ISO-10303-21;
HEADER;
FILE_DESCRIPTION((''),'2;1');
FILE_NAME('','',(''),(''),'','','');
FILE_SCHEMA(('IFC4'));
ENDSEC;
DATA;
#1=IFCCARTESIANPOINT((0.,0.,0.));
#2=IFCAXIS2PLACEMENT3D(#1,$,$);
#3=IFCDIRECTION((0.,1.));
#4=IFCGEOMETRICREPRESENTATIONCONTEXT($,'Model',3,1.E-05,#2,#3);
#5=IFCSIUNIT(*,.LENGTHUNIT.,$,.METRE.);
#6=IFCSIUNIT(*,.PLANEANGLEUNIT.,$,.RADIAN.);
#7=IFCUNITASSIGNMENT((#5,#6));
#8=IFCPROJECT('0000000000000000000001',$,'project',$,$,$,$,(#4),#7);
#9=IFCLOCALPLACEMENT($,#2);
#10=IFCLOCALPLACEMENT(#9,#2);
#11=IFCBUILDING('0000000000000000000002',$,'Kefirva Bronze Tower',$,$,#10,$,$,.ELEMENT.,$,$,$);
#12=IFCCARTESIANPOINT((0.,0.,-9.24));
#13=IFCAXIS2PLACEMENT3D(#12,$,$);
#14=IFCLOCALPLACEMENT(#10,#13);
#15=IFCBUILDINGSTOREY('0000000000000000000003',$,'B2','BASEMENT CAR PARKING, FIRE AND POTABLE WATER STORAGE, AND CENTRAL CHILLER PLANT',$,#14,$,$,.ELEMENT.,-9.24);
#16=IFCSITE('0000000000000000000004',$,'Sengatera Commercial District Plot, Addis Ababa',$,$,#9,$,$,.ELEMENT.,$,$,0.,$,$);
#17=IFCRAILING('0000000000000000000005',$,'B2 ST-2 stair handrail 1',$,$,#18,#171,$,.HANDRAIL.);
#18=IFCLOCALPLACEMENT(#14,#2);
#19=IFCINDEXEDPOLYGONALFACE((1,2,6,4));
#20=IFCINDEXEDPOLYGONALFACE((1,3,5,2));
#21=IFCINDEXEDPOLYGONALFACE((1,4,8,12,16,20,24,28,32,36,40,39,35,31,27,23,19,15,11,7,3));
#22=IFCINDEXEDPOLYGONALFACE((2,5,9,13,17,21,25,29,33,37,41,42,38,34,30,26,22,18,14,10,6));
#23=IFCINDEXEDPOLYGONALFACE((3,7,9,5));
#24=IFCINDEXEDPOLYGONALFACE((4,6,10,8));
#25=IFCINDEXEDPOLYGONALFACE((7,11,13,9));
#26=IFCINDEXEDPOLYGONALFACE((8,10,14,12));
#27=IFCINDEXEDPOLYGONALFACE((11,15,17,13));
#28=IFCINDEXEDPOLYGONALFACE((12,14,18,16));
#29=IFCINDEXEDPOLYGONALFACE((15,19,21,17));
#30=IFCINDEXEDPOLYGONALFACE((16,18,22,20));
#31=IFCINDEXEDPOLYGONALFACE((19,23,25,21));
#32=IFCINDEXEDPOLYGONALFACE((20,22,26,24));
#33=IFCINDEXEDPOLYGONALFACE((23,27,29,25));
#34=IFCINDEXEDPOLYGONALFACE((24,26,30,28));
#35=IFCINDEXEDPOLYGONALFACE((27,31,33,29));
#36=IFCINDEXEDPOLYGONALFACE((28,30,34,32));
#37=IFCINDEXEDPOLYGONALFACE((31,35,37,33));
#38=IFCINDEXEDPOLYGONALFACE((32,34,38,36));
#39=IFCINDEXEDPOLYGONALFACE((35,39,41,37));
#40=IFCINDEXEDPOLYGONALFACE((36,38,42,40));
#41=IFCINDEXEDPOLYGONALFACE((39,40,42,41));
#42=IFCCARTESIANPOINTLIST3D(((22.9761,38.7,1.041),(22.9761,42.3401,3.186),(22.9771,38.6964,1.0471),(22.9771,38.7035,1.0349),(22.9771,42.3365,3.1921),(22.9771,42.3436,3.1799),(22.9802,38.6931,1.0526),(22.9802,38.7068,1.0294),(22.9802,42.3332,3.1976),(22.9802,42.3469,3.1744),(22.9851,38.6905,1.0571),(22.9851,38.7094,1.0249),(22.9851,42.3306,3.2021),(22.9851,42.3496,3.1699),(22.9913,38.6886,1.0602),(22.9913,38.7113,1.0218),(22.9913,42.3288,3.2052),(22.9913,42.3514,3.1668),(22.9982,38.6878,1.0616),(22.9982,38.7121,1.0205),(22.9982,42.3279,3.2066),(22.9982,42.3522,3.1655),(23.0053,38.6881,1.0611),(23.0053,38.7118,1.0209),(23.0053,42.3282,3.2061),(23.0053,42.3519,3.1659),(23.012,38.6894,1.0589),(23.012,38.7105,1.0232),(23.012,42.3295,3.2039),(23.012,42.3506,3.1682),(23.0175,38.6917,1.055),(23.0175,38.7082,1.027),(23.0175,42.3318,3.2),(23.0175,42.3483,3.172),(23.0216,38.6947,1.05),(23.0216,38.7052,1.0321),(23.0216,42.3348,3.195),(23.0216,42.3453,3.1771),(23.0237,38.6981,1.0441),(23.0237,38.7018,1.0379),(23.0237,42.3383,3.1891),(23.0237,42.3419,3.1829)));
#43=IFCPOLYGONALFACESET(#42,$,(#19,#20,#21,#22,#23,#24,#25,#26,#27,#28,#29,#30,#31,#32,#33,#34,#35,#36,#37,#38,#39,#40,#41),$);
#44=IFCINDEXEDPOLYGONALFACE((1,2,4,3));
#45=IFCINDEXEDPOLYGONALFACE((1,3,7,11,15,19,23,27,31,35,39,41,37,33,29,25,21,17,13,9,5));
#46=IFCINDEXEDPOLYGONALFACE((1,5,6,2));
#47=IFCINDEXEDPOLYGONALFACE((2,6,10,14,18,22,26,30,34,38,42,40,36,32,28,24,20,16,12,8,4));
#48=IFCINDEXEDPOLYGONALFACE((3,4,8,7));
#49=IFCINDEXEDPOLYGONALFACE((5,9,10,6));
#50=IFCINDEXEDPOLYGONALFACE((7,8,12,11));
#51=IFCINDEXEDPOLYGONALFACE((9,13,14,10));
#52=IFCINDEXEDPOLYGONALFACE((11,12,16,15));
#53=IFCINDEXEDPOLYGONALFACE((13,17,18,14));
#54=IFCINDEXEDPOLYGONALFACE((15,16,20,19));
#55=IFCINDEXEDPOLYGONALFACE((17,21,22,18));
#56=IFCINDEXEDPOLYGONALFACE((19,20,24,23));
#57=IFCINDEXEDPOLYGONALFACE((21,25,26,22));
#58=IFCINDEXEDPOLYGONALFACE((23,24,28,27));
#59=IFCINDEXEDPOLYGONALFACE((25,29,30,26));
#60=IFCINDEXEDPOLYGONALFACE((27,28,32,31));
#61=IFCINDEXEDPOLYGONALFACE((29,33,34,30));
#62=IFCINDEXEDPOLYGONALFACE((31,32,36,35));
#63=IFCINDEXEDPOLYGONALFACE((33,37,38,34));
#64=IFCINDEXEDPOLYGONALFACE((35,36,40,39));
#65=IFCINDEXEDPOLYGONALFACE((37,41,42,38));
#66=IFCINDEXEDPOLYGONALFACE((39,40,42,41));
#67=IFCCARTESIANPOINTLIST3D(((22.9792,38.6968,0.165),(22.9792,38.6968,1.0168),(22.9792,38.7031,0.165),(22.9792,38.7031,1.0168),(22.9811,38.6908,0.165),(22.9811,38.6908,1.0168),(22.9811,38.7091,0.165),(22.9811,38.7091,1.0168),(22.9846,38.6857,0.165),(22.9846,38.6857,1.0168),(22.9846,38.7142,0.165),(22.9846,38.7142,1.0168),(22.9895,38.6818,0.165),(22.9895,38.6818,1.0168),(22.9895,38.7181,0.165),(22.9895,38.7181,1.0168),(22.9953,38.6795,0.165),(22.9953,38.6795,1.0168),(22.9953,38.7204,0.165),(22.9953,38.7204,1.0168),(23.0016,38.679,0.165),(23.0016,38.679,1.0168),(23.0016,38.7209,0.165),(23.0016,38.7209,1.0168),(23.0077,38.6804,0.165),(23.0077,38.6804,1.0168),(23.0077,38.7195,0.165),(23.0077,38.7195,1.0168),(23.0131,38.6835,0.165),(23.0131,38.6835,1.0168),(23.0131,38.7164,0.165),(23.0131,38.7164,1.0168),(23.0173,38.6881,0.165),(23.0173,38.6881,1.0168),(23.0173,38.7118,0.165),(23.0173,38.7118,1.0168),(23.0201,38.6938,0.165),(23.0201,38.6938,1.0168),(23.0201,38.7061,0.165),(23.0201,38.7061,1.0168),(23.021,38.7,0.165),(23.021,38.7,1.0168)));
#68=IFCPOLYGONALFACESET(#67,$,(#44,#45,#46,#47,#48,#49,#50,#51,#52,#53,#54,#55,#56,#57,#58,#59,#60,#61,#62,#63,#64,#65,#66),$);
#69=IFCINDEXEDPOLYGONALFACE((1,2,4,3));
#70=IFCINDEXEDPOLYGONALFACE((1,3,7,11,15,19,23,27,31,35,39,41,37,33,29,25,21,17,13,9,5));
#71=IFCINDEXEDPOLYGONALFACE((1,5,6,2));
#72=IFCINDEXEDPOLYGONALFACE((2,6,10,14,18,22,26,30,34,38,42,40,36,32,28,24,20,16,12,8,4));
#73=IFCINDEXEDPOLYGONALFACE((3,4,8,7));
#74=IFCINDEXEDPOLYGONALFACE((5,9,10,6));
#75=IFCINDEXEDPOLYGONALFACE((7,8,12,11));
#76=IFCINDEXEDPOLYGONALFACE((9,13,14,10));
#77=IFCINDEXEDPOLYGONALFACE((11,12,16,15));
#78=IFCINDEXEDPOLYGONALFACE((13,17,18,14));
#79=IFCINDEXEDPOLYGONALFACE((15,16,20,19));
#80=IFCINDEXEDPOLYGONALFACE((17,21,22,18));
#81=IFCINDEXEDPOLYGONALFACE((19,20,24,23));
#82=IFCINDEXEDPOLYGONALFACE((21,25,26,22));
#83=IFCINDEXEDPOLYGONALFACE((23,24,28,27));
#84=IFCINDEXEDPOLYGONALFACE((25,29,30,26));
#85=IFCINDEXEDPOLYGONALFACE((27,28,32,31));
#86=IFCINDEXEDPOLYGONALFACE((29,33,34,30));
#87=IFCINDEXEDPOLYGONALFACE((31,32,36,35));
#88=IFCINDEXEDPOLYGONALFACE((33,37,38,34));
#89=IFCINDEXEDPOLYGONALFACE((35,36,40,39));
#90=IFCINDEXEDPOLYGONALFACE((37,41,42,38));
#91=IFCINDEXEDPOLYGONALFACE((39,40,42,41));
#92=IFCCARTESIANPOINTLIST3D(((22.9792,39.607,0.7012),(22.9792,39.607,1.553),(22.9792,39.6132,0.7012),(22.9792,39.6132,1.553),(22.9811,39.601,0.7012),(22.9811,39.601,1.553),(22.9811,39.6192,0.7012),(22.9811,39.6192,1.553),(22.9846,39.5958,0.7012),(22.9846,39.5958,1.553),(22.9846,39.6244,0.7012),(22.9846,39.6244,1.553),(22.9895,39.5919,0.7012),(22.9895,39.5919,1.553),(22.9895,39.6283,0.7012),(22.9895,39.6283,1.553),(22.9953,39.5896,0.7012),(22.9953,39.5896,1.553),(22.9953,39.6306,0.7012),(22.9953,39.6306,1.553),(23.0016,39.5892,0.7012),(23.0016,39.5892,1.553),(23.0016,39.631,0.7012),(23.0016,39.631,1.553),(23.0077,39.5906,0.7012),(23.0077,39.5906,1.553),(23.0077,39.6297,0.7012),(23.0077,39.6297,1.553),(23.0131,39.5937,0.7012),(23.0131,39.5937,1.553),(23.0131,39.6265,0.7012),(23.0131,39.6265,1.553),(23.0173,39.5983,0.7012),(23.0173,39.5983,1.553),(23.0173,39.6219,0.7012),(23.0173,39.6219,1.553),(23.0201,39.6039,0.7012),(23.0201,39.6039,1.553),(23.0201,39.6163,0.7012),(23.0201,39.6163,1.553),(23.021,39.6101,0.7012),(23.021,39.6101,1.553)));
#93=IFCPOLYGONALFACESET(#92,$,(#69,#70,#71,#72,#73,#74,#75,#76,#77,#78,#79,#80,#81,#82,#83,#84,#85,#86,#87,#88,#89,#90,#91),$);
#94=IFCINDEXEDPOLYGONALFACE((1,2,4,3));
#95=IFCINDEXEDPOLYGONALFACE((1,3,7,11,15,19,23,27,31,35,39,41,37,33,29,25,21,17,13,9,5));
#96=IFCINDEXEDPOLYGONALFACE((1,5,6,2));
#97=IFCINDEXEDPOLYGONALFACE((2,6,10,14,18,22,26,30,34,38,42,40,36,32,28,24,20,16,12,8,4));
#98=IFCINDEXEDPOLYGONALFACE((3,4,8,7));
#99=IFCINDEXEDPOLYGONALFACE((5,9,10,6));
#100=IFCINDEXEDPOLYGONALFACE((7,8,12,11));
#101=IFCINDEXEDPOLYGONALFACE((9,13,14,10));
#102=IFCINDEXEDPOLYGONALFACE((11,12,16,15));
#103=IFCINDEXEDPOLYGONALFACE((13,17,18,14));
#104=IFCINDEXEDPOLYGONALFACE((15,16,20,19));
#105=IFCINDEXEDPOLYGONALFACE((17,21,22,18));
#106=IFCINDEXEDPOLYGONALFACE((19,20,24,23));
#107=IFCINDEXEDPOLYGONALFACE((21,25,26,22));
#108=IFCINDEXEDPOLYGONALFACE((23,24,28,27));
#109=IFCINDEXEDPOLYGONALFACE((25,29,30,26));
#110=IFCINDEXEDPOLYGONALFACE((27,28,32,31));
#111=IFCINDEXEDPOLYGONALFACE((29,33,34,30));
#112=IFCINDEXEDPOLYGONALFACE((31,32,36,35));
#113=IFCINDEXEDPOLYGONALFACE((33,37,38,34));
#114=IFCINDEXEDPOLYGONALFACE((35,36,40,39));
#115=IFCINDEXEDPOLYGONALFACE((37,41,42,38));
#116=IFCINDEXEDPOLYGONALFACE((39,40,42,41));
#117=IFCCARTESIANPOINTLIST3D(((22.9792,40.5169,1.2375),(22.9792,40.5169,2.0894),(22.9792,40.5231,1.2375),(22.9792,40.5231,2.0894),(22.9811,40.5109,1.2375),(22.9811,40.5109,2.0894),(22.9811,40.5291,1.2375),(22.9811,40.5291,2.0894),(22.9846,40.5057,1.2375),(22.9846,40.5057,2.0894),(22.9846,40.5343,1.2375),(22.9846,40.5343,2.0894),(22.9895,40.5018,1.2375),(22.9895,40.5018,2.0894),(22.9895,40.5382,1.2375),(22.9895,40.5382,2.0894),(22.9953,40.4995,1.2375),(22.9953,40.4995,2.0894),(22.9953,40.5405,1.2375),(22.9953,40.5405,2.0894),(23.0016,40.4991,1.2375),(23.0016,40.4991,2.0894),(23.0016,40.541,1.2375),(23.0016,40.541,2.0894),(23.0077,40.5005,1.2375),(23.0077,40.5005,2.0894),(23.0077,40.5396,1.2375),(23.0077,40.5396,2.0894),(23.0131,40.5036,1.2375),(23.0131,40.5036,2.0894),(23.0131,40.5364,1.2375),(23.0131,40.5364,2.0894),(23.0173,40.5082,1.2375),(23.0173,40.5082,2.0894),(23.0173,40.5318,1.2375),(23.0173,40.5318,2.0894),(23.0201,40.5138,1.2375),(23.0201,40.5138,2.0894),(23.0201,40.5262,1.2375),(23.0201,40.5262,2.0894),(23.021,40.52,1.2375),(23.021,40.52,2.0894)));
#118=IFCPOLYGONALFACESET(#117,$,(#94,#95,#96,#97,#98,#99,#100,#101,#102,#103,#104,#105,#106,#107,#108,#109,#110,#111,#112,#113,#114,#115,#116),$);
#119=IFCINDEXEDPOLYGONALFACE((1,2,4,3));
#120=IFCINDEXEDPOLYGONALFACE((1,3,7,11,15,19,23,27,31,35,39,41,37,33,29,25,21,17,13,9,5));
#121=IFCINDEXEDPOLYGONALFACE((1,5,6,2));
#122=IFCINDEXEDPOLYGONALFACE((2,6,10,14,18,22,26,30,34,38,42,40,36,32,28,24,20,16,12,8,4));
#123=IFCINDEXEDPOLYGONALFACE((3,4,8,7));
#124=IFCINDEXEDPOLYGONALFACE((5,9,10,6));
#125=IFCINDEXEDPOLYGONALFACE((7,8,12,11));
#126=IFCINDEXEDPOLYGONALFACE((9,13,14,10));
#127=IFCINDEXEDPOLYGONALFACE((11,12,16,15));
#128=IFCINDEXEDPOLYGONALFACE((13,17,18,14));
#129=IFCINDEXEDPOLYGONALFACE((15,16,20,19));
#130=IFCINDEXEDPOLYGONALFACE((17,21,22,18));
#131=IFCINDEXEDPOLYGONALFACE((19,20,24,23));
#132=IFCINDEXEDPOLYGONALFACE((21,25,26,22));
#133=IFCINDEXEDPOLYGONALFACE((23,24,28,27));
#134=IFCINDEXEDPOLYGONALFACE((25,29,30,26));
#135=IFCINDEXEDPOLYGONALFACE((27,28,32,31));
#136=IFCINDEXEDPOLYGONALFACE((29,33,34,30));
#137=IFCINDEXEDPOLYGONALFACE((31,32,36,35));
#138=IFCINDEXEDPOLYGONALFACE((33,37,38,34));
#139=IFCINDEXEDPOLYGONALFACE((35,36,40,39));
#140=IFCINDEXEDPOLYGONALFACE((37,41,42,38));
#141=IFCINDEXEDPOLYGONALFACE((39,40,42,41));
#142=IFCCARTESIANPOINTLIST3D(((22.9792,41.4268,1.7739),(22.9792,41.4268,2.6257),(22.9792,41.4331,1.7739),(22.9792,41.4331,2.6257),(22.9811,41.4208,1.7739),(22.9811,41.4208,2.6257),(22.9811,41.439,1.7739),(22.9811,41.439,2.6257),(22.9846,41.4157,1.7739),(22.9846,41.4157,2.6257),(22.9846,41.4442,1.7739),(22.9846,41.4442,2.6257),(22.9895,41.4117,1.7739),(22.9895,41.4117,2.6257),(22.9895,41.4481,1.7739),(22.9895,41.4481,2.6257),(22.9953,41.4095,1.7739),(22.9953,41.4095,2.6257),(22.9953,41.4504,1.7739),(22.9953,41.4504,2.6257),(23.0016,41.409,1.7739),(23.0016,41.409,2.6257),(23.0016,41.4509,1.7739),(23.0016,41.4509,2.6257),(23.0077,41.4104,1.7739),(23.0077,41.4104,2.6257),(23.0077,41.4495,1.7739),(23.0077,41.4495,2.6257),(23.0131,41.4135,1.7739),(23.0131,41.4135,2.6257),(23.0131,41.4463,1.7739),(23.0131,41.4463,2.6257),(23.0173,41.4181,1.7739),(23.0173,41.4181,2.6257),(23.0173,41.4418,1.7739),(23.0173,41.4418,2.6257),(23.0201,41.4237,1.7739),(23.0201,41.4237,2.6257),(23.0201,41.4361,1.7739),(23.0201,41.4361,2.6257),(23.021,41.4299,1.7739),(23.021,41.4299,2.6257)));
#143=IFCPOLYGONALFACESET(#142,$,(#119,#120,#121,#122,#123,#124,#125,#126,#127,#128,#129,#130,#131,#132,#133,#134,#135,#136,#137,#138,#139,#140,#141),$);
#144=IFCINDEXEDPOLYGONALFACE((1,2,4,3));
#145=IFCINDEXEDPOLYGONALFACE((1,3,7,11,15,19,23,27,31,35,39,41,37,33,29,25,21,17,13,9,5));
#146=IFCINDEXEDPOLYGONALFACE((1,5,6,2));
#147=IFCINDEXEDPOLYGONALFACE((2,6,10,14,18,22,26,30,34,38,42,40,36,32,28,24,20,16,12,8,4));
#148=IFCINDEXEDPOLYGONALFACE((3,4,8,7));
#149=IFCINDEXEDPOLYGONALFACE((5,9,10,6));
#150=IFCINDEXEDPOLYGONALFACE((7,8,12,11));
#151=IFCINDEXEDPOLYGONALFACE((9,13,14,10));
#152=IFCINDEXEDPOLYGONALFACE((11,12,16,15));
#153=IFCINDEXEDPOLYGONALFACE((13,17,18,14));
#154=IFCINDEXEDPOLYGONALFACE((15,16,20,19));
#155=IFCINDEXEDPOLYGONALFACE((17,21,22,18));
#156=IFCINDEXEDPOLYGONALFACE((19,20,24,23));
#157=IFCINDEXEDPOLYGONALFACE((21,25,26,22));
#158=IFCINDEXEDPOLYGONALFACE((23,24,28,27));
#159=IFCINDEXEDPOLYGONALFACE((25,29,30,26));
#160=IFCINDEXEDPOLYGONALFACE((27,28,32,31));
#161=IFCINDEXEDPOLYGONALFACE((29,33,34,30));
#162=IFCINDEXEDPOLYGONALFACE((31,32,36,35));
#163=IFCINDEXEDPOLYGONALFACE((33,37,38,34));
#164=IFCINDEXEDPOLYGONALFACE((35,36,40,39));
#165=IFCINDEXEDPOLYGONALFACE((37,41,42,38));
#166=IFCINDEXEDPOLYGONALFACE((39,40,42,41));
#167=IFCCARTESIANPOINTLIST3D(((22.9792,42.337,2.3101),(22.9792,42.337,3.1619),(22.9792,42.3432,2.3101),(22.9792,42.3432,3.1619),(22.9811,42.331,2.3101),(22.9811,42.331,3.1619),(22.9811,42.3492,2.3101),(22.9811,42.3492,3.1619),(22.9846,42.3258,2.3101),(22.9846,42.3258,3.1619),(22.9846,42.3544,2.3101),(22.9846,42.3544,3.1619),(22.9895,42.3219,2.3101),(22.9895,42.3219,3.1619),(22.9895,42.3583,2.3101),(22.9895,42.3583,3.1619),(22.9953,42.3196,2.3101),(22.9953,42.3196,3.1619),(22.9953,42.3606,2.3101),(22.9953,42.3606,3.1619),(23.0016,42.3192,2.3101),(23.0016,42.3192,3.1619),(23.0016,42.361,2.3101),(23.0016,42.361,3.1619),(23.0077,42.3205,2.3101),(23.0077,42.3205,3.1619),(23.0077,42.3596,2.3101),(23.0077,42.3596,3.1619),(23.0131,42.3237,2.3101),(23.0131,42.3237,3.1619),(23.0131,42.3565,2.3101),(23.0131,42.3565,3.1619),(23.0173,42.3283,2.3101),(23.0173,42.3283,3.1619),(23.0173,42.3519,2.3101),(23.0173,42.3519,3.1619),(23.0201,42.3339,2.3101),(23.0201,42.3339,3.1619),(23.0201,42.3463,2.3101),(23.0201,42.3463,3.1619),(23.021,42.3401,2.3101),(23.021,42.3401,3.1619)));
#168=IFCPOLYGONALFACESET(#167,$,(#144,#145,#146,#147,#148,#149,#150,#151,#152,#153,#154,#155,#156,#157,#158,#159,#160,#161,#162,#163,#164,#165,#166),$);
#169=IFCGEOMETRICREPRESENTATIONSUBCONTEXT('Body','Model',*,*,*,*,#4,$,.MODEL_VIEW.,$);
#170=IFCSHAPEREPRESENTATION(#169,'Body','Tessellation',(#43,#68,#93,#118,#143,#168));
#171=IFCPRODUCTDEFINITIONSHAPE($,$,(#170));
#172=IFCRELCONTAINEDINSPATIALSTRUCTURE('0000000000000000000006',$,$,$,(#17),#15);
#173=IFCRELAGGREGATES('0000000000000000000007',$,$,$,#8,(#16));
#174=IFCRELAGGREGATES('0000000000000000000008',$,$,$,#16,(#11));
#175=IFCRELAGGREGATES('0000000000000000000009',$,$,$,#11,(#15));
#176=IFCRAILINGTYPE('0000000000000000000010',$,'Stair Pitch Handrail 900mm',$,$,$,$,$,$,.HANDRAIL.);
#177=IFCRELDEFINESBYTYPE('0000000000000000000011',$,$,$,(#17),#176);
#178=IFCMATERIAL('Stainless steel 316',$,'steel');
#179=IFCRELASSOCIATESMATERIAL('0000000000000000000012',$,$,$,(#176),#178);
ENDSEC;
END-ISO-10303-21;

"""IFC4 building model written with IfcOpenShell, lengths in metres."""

from ifc_helpers import new_model, si_unit, direction, frame, origin, origin_2d, place, context, subcontext, project, spatial, circle, extrude, material, type_object, element, save


model = new_model("IFC4")

# Units and contexts
model_context = context("Model", 3, precision=1e-05, world=origin(), true_north=direction((0.0, 1.0)))
body_context = subcontext(model_context, "Body", "Model", "MODEL_VIEW")
ifc_project = project(units=[si_unit("LENGTHUNIT", "METRE"), si_unit("PLANEANGLEUNIT", "RADIAN")], contexts=[model_context])

# Site, building, storey
site_placement = place(None, origin())
site = spatial("IfcSite", under=ifc_project, at=site_placement, Name="Sengatera Commercial District Plot, Addis Ababa", CompositionType="ELEMENT", RefElevation=0.0)
building_placement = place(site_placement, origin())
building = spatial("IfcBuilding", under=site, at=building_placement, Name="Kefirva Bronze Tower", CompositionType="ELEMENT")
storey_placement = place(building_placement, frame((0.0, 0.0, -9.24)))
storey = spatial("IfcBuildingStorey", under=building, at=storey_placement, Name="B2", Description="BASEMENT CAR PARKING, FIRE AND POTABLE WATER STORAGE, AND CENTRAL CHILLER PLANT", CompositionType="ELEMENT", Elevation=-9.24)

# Railing
ifc_material_1 = material(Name="Stainless steel 316", Category="steel")
railing_type_1 = type_object("IfcRailingType", Name="Stair Pitch Handrail 900mm", PredefinedType="HANDRAIL", material=ifc_material_1)
railing_1_placement = place(storey_placement, frame((23.0, 38.7, 0.165)))
element("IfcRailing", 1, at=railing_1_placement, inside=storey, type_object=railing_type_1, Name="B2 ST-2 stair handrail 1", PredefinedType="HANDRAIL", context=body_context, shape_type="SweptSolid", body=[
    extrude(circle(Radius=0.0239, at=origin_2d()), frame((0.0, 0.0, 0.876), z_axis=(0.0, 0.861545, 0.507682), x_axis=(-1.0, 0.0, 0.0)), (0.0, 0.0, 1.0), 4.2251),
    extrude(circle(Radius=0.021, at=origin_2d()), origin(), (0.0, 0.0, 1.0), 0.8518),
    extrude(circle(Radius=0.021, at=origin_2d()), frame((0.0, 0.9102, 0.5361)), (0.0, 0.0, 1.0), 0.8518),
    extrude(circle(Radius=0.021, at=origin_2d()), frame((0.0, 1.8201, 1.0725)), (0.0, 0.0, 1.0), 0.8518),
    extrude(circle(Radius=0.021, at=origin_2d()), frame((0.0, 2.73, 1.6089)), (0.0, 0.0, 1.0), 0.8518),
    extrude(circle(Radius=0.021, at=origin_2d()), frame((0.0, 3.6401, 2.145)), (0.0, 0.0, 1.0), 0.8518),
])

save(model, "model.ifc")
